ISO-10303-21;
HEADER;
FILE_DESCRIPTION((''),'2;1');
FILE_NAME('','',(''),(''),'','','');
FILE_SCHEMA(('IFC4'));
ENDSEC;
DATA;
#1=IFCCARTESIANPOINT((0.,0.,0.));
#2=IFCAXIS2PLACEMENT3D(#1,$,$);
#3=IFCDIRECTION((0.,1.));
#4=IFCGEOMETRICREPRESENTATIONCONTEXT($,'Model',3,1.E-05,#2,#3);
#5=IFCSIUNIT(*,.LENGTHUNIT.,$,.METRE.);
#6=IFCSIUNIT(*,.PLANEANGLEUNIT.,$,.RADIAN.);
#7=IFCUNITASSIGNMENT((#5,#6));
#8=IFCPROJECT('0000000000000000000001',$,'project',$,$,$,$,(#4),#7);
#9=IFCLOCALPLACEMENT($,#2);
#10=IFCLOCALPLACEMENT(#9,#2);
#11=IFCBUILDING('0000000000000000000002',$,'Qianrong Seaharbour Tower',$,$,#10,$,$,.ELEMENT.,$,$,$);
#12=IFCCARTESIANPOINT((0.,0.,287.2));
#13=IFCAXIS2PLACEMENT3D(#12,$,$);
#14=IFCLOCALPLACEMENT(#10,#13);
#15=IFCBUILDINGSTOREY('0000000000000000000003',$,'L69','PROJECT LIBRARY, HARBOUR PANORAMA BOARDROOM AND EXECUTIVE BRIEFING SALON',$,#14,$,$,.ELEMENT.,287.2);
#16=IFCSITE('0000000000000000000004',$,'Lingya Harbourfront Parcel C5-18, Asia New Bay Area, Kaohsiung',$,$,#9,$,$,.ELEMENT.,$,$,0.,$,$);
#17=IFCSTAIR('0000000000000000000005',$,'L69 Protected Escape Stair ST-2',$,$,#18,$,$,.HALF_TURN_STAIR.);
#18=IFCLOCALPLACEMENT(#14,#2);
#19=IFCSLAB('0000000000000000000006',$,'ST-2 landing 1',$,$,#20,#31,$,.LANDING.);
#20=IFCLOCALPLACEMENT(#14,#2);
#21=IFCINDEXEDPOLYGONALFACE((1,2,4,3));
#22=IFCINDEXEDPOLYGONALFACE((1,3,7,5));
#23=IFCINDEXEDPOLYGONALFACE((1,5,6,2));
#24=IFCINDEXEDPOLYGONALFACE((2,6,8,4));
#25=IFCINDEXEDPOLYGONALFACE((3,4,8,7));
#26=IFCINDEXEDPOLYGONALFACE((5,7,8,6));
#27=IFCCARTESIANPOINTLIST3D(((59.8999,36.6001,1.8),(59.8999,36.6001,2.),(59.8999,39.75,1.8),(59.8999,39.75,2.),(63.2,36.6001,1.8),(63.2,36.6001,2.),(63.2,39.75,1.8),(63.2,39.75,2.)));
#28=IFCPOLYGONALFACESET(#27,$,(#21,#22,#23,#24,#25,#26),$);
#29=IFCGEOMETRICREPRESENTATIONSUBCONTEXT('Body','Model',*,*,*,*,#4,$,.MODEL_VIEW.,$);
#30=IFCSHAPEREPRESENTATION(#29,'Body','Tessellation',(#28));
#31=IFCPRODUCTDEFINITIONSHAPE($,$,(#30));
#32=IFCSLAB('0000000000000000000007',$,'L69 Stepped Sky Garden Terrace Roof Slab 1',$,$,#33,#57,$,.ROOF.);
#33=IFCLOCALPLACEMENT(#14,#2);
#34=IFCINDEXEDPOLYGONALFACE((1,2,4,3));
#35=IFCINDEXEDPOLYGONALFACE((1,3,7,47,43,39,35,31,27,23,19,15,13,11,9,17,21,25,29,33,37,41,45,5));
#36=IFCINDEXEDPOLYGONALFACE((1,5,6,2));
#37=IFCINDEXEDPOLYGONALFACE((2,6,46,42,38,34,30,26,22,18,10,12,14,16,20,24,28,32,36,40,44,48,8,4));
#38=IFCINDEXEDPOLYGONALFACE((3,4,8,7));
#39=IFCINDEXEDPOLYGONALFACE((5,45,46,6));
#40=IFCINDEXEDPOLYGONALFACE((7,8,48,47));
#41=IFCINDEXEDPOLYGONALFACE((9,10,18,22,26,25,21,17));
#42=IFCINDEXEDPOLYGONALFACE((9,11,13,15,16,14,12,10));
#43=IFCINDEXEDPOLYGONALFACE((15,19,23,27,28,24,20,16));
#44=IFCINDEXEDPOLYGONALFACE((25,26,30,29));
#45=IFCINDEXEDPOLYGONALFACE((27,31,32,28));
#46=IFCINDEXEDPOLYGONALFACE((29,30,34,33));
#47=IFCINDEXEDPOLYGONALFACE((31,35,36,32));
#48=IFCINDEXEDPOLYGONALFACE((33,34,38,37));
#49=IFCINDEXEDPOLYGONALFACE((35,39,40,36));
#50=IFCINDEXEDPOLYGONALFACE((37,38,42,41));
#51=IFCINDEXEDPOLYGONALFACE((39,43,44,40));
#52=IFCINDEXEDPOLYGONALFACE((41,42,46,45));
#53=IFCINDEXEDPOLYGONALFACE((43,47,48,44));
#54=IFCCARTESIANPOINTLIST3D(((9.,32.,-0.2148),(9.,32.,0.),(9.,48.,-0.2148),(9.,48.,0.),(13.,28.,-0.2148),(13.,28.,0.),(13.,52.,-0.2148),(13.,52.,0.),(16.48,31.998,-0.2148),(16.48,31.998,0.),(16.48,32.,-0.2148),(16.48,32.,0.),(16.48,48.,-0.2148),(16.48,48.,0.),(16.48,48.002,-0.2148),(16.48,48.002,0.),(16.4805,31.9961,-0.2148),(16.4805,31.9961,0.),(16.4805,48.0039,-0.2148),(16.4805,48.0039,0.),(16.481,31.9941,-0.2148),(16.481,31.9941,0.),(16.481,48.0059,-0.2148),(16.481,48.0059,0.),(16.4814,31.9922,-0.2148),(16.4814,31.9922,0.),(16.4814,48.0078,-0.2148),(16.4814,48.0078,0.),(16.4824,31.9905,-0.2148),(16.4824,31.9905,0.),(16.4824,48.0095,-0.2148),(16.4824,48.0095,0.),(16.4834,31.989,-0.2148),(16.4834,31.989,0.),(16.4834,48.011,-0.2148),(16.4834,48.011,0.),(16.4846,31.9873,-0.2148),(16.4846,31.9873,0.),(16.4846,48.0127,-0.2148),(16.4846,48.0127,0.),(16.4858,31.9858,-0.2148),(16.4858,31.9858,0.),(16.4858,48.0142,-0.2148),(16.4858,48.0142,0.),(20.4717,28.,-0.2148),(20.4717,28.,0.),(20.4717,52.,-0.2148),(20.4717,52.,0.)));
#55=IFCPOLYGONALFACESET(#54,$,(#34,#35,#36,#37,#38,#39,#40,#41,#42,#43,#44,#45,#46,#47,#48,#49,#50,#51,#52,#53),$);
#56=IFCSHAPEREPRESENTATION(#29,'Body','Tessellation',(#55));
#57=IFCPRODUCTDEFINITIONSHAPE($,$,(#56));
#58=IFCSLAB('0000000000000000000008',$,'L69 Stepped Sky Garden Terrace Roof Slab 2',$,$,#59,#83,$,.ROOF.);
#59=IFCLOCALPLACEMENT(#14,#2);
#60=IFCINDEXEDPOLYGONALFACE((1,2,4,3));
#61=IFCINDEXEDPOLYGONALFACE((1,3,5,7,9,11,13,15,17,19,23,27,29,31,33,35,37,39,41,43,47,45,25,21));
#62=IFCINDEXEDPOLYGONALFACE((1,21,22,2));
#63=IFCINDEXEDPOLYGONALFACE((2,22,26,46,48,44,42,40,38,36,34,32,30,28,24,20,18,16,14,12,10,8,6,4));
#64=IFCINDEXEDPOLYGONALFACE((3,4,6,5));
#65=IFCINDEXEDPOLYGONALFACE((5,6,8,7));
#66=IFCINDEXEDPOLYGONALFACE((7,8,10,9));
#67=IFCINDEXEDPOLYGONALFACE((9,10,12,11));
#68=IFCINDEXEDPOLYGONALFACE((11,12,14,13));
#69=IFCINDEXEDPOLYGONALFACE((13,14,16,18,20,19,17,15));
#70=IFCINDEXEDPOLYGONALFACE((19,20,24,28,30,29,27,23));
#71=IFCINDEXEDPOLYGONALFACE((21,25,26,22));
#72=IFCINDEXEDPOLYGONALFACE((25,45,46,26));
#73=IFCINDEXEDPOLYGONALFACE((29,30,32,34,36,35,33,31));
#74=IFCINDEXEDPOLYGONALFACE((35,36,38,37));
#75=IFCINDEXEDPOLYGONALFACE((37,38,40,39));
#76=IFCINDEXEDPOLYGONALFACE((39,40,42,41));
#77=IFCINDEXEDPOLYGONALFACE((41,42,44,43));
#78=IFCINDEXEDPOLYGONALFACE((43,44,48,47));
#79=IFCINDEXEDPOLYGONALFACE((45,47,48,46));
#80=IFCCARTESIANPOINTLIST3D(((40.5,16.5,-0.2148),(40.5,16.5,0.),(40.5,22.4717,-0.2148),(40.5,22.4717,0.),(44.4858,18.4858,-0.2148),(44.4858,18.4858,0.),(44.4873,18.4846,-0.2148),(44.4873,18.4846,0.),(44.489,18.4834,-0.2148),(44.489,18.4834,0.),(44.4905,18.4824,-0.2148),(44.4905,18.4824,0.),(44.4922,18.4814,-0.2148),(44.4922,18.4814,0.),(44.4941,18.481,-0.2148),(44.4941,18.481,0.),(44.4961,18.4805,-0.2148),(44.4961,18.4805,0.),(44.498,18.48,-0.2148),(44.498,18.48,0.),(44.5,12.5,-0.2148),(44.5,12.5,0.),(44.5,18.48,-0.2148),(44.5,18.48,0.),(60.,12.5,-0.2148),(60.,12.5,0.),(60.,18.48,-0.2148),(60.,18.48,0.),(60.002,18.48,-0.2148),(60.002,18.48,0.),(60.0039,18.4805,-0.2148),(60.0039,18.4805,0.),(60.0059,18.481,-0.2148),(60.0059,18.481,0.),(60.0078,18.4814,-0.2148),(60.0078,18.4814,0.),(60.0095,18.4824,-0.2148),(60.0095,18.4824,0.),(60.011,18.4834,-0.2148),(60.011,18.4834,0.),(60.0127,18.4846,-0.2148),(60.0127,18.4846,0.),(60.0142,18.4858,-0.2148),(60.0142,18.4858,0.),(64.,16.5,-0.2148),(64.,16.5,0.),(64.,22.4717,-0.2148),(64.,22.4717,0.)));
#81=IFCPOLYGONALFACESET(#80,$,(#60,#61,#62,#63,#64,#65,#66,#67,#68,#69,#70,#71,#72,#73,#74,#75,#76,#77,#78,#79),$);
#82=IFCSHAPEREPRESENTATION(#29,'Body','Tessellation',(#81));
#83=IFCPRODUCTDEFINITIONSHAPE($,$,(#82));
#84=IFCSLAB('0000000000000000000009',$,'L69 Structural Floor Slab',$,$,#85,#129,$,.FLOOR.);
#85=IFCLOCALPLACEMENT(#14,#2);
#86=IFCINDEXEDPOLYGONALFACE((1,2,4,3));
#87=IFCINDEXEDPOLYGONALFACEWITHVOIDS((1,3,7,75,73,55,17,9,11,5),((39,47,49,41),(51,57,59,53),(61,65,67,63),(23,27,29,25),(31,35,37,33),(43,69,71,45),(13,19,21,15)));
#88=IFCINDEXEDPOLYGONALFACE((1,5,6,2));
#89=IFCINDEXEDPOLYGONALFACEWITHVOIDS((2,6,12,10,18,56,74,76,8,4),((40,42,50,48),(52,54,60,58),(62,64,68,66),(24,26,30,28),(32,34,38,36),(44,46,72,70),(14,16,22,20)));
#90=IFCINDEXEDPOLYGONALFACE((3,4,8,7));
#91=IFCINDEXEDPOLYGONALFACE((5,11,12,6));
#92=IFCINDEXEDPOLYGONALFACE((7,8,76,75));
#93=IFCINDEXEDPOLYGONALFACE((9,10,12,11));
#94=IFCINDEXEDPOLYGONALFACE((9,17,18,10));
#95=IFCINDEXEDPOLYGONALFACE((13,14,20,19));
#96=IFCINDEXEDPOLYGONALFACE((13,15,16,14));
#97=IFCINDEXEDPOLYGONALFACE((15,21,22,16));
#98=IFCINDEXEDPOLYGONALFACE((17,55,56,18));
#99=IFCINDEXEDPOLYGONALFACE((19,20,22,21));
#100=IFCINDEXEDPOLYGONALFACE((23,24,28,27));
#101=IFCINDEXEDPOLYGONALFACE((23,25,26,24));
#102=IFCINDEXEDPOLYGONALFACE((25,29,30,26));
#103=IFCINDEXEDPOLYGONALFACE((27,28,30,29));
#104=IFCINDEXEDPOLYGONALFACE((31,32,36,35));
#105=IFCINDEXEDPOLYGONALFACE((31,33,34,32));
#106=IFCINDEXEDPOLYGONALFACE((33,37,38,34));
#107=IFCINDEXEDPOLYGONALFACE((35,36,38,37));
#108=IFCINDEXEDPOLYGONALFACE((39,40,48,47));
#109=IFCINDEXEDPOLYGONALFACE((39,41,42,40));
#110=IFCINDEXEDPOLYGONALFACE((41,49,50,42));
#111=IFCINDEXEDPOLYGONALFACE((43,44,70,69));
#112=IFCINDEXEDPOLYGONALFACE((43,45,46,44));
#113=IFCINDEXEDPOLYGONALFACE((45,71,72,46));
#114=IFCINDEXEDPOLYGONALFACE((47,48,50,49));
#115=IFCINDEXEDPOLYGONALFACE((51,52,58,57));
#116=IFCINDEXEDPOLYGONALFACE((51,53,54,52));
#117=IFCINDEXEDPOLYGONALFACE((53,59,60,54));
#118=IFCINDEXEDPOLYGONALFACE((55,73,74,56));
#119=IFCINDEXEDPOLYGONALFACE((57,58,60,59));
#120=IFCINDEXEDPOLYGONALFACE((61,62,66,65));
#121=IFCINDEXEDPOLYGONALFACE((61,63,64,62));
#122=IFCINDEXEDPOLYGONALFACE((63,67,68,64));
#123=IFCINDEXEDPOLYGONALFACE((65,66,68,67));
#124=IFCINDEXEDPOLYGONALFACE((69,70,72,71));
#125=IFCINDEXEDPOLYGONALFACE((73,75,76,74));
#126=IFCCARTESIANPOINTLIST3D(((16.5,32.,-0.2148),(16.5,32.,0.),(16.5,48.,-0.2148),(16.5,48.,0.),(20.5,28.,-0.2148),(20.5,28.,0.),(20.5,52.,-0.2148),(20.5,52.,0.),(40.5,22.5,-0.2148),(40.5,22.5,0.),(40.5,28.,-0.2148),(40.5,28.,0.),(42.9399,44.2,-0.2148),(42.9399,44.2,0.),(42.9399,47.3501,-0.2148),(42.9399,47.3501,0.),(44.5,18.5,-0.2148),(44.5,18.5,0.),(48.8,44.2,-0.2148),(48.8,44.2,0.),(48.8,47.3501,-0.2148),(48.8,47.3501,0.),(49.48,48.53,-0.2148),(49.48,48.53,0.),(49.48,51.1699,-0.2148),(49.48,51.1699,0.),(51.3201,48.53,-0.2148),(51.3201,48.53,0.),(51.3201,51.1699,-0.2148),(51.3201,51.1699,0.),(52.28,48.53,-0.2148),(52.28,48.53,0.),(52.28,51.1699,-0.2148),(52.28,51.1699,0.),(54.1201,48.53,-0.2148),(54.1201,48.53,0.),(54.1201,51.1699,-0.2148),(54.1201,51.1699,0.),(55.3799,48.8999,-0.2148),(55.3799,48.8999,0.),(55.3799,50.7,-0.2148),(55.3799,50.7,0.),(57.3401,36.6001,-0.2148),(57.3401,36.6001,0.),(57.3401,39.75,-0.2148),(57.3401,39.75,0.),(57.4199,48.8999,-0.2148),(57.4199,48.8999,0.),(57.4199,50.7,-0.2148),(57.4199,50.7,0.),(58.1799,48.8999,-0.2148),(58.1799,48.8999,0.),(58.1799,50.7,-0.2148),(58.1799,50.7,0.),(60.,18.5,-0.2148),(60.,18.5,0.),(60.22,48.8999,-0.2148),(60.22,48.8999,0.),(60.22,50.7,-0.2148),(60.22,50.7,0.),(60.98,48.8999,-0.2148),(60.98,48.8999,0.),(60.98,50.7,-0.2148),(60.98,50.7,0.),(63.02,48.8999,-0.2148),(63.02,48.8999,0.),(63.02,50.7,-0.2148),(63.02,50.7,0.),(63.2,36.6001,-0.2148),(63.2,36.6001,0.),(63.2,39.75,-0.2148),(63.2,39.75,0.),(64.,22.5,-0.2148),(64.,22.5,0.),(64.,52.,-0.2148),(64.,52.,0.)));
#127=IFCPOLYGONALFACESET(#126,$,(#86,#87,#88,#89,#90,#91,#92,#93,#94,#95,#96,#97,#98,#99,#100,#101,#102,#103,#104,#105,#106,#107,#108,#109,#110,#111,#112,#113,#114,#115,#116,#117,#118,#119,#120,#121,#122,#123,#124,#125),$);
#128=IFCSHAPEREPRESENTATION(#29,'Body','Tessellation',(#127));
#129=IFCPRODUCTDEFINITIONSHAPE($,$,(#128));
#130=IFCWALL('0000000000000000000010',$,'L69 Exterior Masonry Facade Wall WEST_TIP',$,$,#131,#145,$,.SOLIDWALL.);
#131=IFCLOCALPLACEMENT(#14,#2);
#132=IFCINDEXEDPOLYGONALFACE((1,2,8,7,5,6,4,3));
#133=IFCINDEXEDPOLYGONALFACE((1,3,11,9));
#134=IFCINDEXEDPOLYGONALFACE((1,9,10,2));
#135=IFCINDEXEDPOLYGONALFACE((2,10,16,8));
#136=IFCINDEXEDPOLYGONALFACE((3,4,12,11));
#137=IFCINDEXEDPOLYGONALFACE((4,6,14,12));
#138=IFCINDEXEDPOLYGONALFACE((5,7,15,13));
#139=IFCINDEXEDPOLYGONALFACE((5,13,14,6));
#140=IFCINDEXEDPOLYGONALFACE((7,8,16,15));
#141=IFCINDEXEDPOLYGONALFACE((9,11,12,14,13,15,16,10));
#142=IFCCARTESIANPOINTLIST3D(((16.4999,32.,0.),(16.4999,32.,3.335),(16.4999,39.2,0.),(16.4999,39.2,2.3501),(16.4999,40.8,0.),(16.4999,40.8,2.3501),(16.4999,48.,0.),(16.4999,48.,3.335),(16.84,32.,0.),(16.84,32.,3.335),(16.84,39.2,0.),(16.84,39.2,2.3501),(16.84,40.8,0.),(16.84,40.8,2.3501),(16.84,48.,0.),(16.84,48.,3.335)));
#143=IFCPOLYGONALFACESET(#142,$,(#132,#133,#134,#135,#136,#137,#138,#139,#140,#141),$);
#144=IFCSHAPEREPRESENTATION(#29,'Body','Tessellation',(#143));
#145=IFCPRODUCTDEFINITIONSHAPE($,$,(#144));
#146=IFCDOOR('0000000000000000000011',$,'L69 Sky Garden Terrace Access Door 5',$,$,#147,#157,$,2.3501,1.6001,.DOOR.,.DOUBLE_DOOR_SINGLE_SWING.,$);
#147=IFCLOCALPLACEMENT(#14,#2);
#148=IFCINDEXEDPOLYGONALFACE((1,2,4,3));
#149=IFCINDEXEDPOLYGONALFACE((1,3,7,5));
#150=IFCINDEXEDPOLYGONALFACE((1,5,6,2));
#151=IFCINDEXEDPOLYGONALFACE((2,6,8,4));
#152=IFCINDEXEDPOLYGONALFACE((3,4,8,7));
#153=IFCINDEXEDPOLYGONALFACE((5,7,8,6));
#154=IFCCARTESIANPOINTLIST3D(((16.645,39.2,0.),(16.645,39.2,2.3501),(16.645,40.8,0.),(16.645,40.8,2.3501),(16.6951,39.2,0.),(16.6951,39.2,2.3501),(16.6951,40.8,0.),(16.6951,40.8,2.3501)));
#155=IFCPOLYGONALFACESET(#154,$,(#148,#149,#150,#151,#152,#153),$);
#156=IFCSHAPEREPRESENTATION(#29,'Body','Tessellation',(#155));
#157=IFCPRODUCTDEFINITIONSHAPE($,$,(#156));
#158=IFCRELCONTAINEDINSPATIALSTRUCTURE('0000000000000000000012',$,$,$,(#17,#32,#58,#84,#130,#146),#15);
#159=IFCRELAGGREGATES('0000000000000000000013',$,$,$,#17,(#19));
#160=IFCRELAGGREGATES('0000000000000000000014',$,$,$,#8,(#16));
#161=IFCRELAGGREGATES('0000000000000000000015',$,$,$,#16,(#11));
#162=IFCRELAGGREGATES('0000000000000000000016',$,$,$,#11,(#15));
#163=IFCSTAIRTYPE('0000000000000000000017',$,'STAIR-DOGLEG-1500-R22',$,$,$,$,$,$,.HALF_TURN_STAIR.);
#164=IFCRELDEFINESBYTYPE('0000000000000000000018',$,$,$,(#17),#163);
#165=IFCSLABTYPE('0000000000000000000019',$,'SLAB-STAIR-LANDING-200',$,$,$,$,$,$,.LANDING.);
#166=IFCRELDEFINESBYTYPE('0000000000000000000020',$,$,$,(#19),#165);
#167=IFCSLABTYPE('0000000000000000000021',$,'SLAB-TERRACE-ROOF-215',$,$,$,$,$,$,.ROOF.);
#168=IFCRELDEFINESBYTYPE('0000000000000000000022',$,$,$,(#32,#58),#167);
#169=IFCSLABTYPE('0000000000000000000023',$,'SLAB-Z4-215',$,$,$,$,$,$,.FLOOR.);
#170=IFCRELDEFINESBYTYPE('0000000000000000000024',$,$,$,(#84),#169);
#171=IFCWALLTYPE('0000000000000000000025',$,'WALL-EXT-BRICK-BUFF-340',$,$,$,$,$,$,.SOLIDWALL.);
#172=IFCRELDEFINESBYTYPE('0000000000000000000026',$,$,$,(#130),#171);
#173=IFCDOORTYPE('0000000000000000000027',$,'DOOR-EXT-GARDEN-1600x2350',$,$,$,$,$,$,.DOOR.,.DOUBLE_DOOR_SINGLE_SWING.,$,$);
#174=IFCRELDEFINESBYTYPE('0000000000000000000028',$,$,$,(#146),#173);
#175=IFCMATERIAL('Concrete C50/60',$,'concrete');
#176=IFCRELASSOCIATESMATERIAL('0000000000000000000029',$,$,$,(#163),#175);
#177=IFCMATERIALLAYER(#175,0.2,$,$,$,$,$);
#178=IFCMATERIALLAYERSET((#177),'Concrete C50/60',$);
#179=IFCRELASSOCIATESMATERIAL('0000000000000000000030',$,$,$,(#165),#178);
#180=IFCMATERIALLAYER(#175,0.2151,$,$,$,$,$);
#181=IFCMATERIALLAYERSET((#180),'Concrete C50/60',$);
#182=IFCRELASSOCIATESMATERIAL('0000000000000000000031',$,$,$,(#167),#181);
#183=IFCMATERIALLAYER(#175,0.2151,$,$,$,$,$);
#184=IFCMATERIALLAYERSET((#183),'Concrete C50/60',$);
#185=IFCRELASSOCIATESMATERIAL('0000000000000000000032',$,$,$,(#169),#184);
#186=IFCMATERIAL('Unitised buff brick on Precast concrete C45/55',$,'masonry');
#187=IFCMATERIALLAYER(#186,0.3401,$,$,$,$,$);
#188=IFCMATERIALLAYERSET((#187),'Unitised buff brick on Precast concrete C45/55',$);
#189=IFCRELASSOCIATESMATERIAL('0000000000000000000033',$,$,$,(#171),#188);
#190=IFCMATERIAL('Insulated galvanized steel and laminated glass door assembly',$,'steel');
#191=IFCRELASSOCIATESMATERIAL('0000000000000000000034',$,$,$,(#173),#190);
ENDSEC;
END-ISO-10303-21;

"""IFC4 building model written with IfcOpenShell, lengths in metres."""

from ifc_helpers import new_model, si_unit, direction, frame, frame_2d, origin, place, context, subcontext, project, spatial, polyline, rectangle, outline, extrude, material, layer, layer_set, type_object, element, fill, aggregate, save


model = new_model("IFC4")

# Units and contexts
model_context = context("Model", 3, precision=1e-05, world=origin(), true_north=direction((0.0, 1.0)))
body_context = subcontext(model_context, "Body", "Model", "MODEL_VIEW")
ifc_project = project(units=[si_unit("LENGTHUNIT", "METRE"), si_unit("PLANEANGLEUNIT", "RADIAN")], contexts=[model_context])

# Site, building, storey
site_placement = place(None, origin())
site = spatial("IfcSite", under=ifc_project, at=site_placement, Name="Lingya Harbourfront Parcel C5-18, Asia New Bay Area, Kaohsiung", CompositionType="ELEMENT", RefElevation=0.0)
building_placement = place(site_placement, origin())
building = spatial("IfcBuilding", under=site, at=building_placement, Name="Qianrong Seaharbour Tower", CompositionType="ELEMENT")
storey_placement = place(building_placement, frame((0.0, 0.0, 287.2)))
storey = spatial("IfcBuildingStorey", under=building, at=storey_placement, Name="L69", Description="PROJECT LIBRARY, HARBOUR PANORAMA BOARDROOM AND EXECUTIVE BRIEFING SALON", CompositionType="ELEMENT", Elevation=287.2)

# Stair, slab
ifc_material_1 = material(Name="Concrete C50/60", Category="concrete")
stair_type = type_object("IfcStairType", Name="STAIR-DOGLEG-1500-R22", PredefinedType="HALF_TURN_STAIR", material=ifc_material_1)
ifc_layer_1 = layer(ifc_material_1, 0.2)
ifc_layer_set_1 = layer_set([ifc_layer_1], Name="Concrete C50/60")
slab_type_1 = type_object("IfcSlabType", Name="SLAB-STAIR-LANDING-200", PredefinedType="LANDING", material=ifc_layer_set_1)
stair_1_placement = place(storey_placement, origin())
stair_1 = element("IfcStair", 1, at=stair_1_placement, inside=storey, type_object=stair_type, Name="L69 Protected Escape Stair ST-2", PredefinedType="HALF_TURN_STAIR")
slab_1_placement = place(storey_placement, frame((0.0, 0.0, 1.8)))
slab_1 = element("IfcSlab", 2, at=slab_1_placement, type_object=slab_type_1, Name="ST-2 landing 1", PredefinedType="LANDING", context=body_context, shape_type="SweptSolid", body=[
    extrude(outline(polyline([(59.8999, 36.6001), (63.2, 36.6001), (63.2, 39.75), (59.8999, 39.75), (59.8999, 36.6001)])), origin(), (0.0, 0.0, 1.0), 0.2),
])
aggregate(stair_1, [slab_1])

# Slabs
ifc_layer_2 = layer(ifc_material_1, 0.2151)
ifc_layer_set_2 = layer_set([ifc_layer_2], Name="Concrete C50/60")
slab_type_2 = type_object("IfcSlabType", Name="SLAB-TERRACE-ROOF-215", PredefinedType="ROOF", material=ifc_layer_set_2)
slab_2_placement = place(storey_placement, frame((0.0, 0.0, -0.2148)))
element("IfcSlab", 3, at=slab_2_placement, inside=storey, type_object=slab_type_2, Name="L69 Stepped Sky Garden Terrace Roof Slab 1", PredefinedType="ROOF", context=body_context, shape_type="SweptSolid", body=[
    extrude(outline(polyline([(9.0, 32.0), (9.0, 48.0), (13.0, 52.0), (20.4717, 52.0), (16.4858, 48.0142), (16.4846, 48.0127), (16.4834, 48.011), (16.4824, 48.0095), (16.4814, 48.0078), (16.481, 48.0059), (16.4805, 48.0039), (16.48, 48.002), (16.48, 48.0), (16.48, 32.0), (16.48, 31.998), (16.4805, 31.9961), (16.481, 31.9941), (16.4814, 31.9922), (16.4824, 31.9905), (16.4834, 31.989), (16.4846, 31.9873), (16.4858, 31.9858), (20.4717, 28.0), (13.0, 28.0), (9.0, 32.0)])), origin(), (0.0, 0.0, 1.0), 0.2148),
])
slab_3_placement = place(storey_placement, frame((0.0, 0.0, -0.2148)))
element("IfcSlab", 4, at=slab_3_placement, inside=storey, type_object=slab_type_2, Name="L69 Stepped Sky Garden Terrace Roof Slab 2", PredefinedType="ROOF", context=body_context, shape_type="SweptSolid", body=[
    extrude(outline(polyline([(60.0, 12.5), (44.5, 12.5), (40.5, 16.5), (40.5, 22.4717), (44.4858, 18.4858), (44.4873, 18.4846), (44.489, 18.4834), (44.4905, 18.4824), (44.4922, 18.4814), (44.4941, 18.481), (44.4961, 18.4805), (44.498, 18.48), (44.5, 18.48), (60.0, 18.48), (60.002, 18.48), (60.0039, 18.4805), (60.0059, 18.481), (60.0078, 18.4814), (60.0095, 18.4824), (60.011, 18.4834), (60.0127, 18.4846), (60.0142, 18.4858), (64.0, 22.4717), (64.0, 16.5), (60.0, 12.5)])), origin(), (0.0, 0.0, 1.0), 0.2148),
])
ifc_layer_3 = layer(ifc_material_1, 0.2151)
ifc_layer_set_3 = layer_set([ifc_layer_3], Name="Concrete C50/60")
slab_type_3 = type_object("IfcSlabType", Name="SLAB-Z4-215", PredefinedType="FLOOR", material=ifc_layer_set_3)
slab_4_placement = place(storey_placement, frame((0.0, 0.0, -0.2148)))
element("IfcSlab", 5, at=slab_4_placement, inside=storey, type_object=slab_type_3, Name="L69 Structural Floor Slab", PredefinedType="FLOOR", context=body_context, shape_type="SweptSolid", body=[
    extrude(outline(polyline([(44.5, 18.5), (60.0, 18.5), (64.0, 22.5), (64.0, 52.0), (20.5, 52.0), (16.5, 48.0), (16.5, 32.0), (20.5, 28.0), (40.5, 28.0), (40.5, 22.5), (44.5, 18.5)]), holes=[polyline([(42.9399, 44.2), (42.9399, 47.3501), (48.8, 47.3501), (48.8, 44.2), (42.9399, 44.2)]), polyline([(57.3401, 36.6001), (57.3401, 39.75), (63.2, 39.75), (63.2, 36.6001), (57.3401, 36.6001)]), polyline([(49.48, 48.53), (49.48, 51.1699), (51.3201, 51.1699), (51.3201, 48.53), (49.48, 48.53)]), polyline([(52.28, 48.53), (52.28, 51.1699), (54.1201, 51.1699), (54.1201, 48.53), (52.28, 48.53)]), polyline([(55.3799, 48.8999), (55.3799, 50.7), (57.4199, 50.7), (57.4199, 48.8999), (55.3799, 48.8999)]), polyline([(58.1799, 48.8999), (58.1799, 50.7), (60.22, 50.7), (60.22, 48.8999), (58.1799, 48.8999)]), polyline([(60.98, 48.8999), (60.98, 50.7), (63.02, 50.7), (63.02, 48.8999), (60.98, 48.8999)])]), origin(), (0.0, 0.0, 1.0), 0.2148),
])

# Wall, opening, door
ifc_material_2 = material(Name="Unitised buff brick on Precast concrete C45/55", Category="masonry")
ifc_layer_4 = layer(ifc_material_2, 0.3401)
ifc_layer_set_4 = layer_set([ifc_layer_4], Name="Unitised buff brick on Precast concrete C45/55")
wall_type = type_object("IfcWallType", Name="WALL-EXT-BRICK-BUFF-340", PredefinedType="SOLIDWALL", material=ifc_layer_set_4)
wall_placement = place(storey_placement, frame((16.6699, 32.0, 0.0), z_axis=(0.0, 0.0, 1.0), x_axis=(0.0, 1.0, 0.0)))
wall = element("IfcWall", 6, at=wall_placement, inside=storey, type_object=wall_type, Name="L69 Exterior Masonry Facade Wall WEST_TIP", PredefinedType="SOLIDWALL", context=body_context, shape_type="SweptSolid", body=[
    extrude(rectangle(XDim=16.0, YDim=0.3401, at=frame_2d((8.0, 0.0))), origin(), (0.0, 0.0, 1.0), 3.335),
])
opening_placement = place(wall_placement, frame((7.2, 0.0, 0.0)))
opening = element("IfcOpeningElement", 7, at=opening_placement, cuts=wall, PredefinedType="OPENING", context=body_context, shape_type="SweptSolid", body=[
    extrude(rectangle(XDim=1.6001, YDim=2.3501, at=frame_2d((0.8, 1.175))), frame((0.0, 0.1802, 0.0), z_axis=(0.0, -1.0, 0.0), x_axis=(1.0, 0.0, 0.0)), (0.0, 0.0, 1.0), 0.3601),
])
ifc_material_3 = material(Name="Insulated galvanized steel and laminated glass door assembly", Category="steel")
door_type = type_object("IfcDoorType", Name="DOOR-EXT-GARDEN-1600x2350", OperationType="DOUBLE_DOOR_SINGLE_SWING", PredefinedType="DOOR", material=ifc_material_3)
door_placement = place(opening_placement, origin())
door = element("IfcDoor", 8, at=door_placement, inside=storey, type_object=door_type, Name="L69 Sky Garden Terrace Access Door 5", OperationType="DOUBLE_DOOR_SINGLE_SWING", OverallHeight=2.3501, OverallWidth=1.6001, PredefinedType="DOOR", context=body_context, shape_type="SweptSolid", body=[
    extrude(rectangle(XDim=1.6001, YDim=2.3501, at=frame_2d((0.8, 1.175))), frame((0.0, 0.0249, 0.0), z_axis=(0.0, -1.0, 0.0), x_axis=(1.0, 0.0, 0.0)), (0.0, 0.0, 1.0), 0.05),
])
fill(opening, door)

save(model, "model.ifc")
